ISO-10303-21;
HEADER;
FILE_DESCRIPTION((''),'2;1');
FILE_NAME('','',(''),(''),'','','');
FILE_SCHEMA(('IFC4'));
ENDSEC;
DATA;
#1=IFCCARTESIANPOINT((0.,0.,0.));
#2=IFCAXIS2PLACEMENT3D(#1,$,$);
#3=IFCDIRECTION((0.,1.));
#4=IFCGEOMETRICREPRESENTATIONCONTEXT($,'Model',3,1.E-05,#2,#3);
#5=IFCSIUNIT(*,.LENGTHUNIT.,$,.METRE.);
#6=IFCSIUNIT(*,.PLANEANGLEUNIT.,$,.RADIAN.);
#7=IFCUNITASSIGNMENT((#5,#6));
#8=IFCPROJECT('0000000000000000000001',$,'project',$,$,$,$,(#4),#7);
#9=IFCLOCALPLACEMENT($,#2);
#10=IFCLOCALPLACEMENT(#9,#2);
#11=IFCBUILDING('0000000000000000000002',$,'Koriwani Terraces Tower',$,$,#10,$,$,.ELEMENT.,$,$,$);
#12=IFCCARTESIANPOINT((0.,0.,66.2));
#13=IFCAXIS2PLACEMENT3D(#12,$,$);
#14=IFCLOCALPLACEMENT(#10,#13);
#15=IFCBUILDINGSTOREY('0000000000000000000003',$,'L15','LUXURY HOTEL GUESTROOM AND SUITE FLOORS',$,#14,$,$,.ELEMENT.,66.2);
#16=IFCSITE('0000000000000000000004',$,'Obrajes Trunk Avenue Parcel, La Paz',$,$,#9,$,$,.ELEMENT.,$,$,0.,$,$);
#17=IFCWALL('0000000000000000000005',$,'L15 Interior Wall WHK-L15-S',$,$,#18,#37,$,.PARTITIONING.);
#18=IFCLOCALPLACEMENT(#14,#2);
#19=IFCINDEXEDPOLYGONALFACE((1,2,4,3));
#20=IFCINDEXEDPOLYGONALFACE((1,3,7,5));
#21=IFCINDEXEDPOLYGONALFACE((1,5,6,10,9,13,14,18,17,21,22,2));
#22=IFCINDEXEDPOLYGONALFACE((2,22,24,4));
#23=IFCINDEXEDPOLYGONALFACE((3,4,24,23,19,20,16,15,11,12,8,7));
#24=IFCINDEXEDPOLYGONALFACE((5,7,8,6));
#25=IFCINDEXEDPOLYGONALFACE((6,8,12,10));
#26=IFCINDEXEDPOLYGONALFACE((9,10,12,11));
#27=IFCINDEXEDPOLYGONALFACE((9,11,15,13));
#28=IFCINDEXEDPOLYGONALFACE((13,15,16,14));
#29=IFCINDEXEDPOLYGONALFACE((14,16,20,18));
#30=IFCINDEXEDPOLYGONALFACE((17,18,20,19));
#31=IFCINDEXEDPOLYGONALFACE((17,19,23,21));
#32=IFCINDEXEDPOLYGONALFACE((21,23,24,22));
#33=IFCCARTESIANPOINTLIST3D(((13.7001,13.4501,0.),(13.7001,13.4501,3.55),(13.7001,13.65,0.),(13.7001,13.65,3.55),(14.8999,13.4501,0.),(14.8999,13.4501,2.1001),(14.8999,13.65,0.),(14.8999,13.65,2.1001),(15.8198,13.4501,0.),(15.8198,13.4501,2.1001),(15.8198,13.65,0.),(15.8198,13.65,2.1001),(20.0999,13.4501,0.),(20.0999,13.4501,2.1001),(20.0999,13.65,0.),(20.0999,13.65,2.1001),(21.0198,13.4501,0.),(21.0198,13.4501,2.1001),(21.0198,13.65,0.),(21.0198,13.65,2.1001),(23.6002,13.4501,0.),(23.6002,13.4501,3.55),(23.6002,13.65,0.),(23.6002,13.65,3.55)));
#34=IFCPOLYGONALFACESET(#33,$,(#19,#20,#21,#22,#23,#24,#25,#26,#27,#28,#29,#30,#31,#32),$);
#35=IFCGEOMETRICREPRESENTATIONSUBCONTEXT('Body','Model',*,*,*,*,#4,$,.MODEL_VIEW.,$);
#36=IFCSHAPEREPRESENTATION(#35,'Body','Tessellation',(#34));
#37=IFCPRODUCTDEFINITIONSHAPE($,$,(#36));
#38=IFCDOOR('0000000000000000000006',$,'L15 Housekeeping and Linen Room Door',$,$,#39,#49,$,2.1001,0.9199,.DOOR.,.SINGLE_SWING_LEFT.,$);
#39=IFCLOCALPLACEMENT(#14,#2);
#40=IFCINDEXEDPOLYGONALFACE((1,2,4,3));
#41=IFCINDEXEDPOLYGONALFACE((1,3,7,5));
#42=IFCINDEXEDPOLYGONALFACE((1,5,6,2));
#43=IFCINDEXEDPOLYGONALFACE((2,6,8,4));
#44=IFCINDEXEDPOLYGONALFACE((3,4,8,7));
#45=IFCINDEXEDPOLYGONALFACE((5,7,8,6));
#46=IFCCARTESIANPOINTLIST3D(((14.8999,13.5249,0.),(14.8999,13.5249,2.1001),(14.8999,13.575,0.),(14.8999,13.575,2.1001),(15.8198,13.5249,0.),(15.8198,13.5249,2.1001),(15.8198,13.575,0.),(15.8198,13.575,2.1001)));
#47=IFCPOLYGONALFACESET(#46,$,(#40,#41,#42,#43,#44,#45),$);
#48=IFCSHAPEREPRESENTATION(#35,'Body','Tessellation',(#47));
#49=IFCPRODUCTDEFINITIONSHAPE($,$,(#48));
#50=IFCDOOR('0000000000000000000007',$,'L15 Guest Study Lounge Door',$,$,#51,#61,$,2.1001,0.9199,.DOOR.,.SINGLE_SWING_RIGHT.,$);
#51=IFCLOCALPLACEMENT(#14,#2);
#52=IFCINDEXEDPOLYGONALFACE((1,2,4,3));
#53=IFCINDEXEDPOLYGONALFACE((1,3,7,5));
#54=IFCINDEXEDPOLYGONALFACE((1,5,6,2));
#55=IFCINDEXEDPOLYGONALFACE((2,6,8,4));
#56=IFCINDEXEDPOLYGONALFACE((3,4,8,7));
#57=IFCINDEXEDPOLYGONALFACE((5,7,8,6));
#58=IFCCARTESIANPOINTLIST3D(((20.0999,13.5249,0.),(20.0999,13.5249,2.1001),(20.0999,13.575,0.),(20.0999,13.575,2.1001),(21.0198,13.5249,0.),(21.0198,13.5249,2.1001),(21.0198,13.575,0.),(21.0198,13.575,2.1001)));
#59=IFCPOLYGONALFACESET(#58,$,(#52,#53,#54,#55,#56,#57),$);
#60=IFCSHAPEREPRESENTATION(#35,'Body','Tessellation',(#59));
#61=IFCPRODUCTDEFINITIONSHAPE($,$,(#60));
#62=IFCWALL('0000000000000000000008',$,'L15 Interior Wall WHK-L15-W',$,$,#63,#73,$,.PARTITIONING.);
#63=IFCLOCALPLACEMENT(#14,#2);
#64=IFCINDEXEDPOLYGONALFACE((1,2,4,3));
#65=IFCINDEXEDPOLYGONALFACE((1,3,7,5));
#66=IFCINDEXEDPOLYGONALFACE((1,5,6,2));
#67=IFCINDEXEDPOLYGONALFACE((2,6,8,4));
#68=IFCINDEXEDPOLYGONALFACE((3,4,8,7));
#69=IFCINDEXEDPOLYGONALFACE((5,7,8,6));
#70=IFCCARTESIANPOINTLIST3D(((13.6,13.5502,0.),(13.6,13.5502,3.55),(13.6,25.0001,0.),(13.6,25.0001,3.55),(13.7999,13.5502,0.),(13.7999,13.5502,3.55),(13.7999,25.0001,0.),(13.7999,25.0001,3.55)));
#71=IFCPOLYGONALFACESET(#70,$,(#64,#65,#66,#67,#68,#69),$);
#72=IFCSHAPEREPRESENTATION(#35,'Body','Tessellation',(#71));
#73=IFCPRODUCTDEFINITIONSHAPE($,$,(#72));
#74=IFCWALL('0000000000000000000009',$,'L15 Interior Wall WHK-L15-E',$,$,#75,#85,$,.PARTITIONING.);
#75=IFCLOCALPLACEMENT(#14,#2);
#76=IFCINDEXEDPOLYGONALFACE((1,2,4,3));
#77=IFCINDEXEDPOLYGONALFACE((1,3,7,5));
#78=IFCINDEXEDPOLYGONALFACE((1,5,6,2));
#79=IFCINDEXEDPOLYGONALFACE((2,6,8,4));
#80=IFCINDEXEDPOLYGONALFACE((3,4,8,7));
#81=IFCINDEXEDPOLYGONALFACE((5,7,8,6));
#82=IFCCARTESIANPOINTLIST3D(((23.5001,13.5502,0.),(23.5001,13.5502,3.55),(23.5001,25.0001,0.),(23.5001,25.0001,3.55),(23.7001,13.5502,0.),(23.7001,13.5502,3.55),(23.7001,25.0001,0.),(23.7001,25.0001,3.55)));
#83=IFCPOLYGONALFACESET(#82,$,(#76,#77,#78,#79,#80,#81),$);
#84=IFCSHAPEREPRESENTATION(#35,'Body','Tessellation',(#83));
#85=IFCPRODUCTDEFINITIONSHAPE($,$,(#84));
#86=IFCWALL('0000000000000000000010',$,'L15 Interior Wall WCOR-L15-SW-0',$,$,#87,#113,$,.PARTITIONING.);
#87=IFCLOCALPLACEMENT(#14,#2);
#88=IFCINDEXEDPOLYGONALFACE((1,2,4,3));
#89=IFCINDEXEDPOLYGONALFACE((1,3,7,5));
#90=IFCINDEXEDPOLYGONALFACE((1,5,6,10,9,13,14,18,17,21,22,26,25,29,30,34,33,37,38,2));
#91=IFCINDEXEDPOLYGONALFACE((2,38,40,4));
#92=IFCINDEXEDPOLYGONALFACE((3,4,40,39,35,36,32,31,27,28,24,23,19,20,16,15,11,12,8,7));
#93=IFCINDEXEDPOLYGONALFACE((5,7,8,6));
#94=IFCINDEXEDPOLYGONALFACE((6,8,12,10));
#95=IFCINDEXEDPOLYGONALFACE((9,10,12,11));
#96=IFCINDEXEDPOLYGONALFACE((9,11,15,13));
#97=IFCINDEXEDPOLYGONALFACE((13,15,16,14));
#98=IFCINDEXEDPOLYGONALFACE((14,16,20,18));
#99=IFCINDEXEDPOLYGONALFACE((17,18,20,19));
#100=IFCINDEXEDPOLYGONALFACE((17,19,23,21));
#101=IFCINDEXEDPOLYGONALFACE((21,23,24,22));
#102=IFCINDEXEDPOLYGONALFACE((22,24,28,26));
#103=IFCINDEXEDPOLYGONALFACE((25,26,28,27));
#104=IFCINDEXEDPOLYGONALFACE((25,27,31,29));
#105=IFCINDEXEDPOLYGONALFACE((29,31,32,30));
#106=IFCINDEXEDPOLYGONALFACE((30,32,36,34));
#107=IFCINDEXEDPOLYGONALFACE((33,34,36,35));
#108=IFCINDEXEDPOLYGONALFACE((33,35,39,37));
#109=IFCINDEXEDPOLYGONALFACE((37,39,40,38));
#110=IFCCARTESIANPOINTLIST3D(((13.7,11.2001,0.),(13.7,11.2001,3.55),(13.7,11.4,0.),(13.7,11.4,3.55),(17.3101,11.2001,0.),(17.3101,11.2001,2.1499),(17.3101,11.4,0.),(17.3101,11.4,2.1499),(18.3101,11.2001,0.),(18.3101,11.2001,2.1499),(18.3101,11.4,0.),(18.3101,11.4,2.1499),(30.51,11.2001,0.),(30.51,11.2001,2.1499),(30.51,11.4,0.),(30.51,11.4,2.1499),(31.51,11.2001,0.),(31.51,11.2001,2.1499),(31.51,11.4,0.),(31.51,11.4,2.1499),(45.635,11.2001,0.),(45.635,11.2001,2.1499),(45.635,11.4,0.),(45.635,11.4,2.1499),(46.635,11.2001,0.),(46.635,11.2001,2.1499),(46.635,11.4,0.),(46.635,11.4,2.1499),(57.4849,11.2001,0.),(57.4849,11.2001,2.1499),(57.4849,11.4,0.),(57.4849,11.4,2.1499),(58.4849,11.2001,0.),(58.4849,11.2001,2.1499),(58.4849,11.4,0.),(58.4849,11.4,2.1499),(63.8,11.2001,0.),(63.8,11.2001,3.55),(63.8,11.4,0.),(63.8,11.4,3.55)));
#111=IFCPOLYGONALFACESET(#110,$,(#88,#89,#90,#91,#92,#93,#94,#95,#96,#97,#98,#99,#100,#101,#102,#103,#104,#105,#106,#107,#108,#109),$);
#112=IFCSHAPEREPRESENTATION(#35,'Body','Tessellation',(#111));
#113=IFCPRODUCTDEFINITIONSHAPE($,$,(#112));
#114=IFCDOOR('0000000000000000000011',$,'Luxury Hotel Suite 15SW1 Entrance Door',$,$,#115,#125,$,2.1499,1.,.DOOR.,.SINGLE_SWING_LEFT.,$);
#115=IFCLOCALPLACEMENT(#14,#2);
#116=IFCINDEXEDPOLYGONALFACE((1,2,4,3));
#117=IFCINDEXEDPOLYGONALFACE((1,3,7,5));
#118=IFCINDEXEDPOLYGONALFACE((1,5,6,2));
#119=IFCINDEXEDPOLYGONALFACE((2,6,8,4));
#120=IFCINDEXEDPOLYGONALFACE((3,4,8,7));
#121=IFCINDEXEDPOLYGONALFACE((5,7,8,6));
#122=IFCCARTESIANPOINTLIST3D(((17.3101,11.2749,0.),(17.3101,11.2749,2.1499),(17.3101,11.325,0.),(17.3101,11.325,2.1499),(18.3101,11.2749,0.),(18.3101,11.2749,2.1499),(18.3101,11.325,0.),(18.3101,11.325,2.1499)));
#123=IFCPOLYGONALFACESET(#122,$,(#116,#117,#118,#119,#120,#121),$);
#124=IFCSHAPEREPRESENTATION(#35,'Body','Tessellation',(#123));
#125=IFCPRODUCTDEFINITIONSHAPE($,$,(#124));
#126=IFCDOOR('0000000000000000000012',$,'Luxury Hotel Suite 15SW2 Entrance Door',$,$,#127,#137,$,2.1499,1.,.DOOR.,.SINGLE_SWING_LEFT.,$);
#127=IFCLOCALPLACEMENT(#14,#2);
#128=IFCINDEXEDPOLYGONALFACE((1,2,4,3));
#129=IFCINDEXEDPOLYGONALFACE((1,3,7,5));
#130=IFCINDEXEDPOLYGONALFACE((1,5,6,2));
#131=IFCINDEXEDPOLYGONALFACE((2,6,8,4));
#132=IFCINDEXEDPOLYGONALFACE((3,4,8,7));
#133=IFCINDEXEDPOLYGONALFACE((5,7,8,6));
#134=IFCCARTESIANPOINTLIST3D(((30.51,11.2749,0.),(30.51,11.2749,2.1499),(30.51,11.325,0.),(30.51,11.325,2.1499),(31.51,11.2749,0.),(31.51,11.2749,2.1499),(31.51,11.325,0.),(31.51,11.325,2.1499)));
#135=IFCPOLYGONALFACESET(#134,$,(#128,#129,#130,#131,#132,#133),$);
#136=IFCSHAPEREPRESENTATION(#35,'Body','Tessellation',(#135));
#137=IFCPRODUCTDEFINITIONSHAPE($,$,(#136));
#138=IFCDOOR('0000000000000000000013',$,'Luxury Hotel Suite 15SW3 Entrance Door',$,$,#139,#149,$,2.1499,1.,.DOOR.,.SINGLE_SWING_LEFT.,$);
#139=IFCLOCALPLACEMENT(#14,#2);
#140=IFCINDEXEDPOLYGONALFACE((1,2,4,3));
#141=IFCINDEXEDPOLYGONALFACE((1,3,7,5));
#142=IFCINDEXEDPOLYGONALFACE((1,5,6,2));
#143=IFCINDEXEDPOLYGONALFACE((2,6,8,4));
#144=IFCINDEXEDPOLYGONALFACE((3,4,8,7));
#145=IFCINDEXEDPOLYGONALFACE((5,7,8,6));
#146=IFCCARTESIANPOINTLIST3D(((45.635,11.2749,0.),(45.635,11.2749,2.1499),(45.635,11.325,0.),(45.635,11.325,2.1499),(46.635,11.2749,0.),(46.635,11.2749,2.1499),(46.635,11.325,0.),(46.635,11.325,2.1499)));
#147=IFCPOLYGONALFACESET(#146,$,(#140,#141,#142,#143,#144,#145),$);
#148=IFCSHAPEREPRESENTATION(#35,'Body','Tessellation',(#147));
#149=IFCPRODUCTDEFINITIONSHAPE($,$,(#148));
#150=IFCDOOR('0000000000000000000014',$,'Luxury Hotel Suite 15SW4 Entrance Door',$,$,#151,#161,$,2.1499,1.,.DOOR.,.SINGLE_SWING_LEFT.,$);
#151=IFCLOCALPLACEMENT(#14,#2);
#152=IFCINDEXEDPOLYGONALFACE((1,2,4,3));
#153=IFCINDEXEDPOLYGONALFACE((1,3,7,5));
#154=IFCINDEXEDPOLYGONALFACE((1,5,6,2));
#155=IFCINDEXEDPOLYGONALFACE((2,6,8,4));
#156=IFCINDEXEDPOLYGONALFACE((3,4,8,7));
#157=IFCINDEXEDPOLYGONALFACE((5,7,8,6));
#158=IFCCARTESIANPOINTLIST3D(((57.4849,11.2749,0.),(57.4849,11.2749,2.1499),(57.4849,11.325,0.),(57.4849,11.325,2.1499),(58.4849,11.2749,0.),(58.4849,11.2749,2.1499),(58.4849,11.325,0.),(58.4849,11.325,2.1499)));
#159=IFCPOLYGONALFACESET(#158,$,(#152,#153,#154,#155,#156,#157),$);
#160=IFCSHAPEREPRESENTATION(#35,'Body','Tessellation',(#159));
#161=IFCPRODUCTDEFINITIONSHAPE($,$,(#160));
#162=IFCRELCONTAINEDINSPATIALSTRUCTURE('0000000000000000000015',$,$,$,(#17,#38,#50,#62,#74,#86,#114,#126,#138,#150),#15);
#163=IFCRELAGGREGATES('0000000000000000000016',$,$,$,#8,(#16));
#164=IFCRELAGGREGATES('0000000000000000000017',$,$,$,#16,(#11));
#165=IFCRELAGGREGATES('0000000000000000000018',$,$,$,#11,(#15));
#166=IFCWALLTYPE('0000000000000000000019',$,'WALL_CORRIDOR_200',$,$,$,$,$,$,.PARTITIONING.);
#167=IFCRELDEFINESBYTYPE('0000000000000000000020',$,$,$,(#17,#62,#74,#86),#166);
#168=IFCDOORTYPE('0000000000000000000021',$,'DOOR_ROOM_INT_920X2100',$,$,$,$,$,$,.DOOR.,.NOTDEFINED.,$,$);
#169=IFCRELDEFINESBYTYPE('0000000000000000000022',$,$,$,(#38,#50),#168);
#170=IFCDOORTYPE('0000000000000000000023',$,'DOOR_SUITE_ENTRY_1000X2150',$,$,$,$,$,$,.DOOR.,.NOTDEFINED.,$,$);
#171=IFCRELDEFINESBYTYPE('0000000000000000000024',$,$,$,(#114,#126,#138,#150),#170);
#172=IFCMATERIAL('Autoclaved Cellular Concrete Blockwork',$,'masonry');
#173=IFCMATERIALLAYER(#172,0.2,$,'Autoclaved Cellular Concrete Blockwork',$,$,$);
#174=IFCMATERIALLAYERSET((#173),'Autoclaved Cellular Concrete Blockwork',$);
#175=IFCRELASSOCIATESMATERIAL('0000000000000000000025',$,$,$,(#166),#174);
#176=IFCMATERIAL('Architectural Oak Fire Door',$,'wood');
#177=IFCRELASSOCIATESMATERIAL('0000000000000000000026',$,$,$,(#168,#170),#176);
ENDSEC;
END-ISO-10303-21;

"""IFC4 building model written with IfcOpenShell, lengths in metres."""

from ifc_helpers import new_model, si_unit, direction, frame, frame_2d, origin, place, context, subcontext, project, spatial, rectangle, extrude, material, layer, layer_set, type_object, element, fill, save


model = new_model("IFC4")

# Units and contexts
model_context = context("Model", 3, precision=1e-05, world=origin(), true_north=direction((0.0, 1.0)))
body_context = subcontext(model_context, "Body", "Model", "MODEL_VIEW")
ifc_project = project(units=[si_unit("LENGTHUNIT", "METRE"), si_unit("PLANEANGLEUNIT", "RADIAN")], contexts=[model_context])

# Site, building, storey
site_placement = place(None, origin())
site = spatial("IfcSite", under=ifc_project, at=site_placement, Name="Obrajes Trunk Avenue Parcel, La Paz", CompositionType="ELEMENT", RefElevation=0.0)
building_placement = place(site_placement, origin())
building = spatial("IfcBuilding", under=site, at=building_placement, Name="Koriwani Terraces Tower", CompositionType="ELEMENT")
storey_placement = place(building_placement, frame((0.0, 0.0, 66.2)))
storey = spatial("IfcBuildingStorey", under=building, at=storey_placement, Name="L15", Description="LUXURY HOTEL GUESTROOM AND SUITE FLOORS", CompositionType="ELEMENT", Elevation=66.2)

# Wall, openings, doors
ifc_material_1 = material(Name="Autoclaved Cellular Concrete Blockwork", Category="masonry")
ifc_layer_1 = layer(ifc_material_1, 0.2, Name="Autoclaved Cellular Concrete Blockwork")
ifc_layer_set_1 = layer_set([ifc_layer_1], Name="Autoclaved Cellular Concrete Blockwork")
wall_type_1 = type_object("IfcWallType", Name="WALL_CORRIDOR_200", PredefinedType="PARTITIONING", material=ifc_layer_set_1)
wall_1_placement = place(storey_placement, frame((13.7, 13.55, 0.0), z_axis=(0.0, 0.0, 1.0), x_axis=(1.0, 0.0, 0.0)))
wall_1 = element("IfcWall", 1, at=wall_1_placement, inside=storey, type_object=wall_type_1, Name="L15 Interior Wall WHK-L15-S", PredefinedType="PARTITIONING", context=body_context, shape_type="SweptSolid", body=[
    extrude(rectangle(XDim=9.9001, YDim=0.2, at=frame_2d((4.9502, 0.0))), origin(), (0.0, 0.0, 1.0), 3.55),
])
opening_1_placement = place(wall_1_placement, frame((1.2, 0.0, 0.0)))
opening_1 = element("IfcOpeningElement", 2, at=opening_1_placement, cuts=wall_1, PredefinedType="OPENING", context=body_context, shape_type="SweptSolid", body=[
    extrude(rectangle(XDim=0.9199, YDim=2.1001, at=frame_2d((0.46, 1.05))), frame((0.0, 0.1099, 0.0), z_axis=(0.0, -1.0, 0.0), x_axis=(1.0, 0.0, 0.0)), (0.0, 0.0, 1.0), 0.22),
])
opening_2_placement = place(wall_1_placement, frame((6.3999, 0.0, 0.0)))
opening_2 = element("IfcOpeningElement", 3, at=opening_2_placement, cuts=wall_1, PredefinedType="OPENING", context=body_context, shape_type="SweptSolid", body=[
    extrude(rectangle(XDim=0.9199, YDim=2.1001, at=frame_2d((0.46, 1.05))), frame((0.0, 0.1099, 0.0), z_axis=(0.0, -1.0, 0.0), x_axis=(1.0, 0.0, 0.0)), (0.0, 0.0, 1.0), 0.22),
])
ifc_material_2 = material(Name="Architectural Oak Fire Door", Category="wood")
door_type_1 = type_object("IfcDoorType", Name="DOOR_ROOM_INT_920X2100", OperationType="NOTDEFINED", PredefinedType="DOOR", material=ifc_material_2)
door_1_placement = place(opening_1_placement, origin())
door_1 = element("IfcDoor", 4, at=door_1_placement, inside=storey, type_object=door_type_1, Name="L15 Housekeeping and Linen Room Door", OperationType="SINGLE_SWING_LEFT", OverallHeight=2.1001, OverallWidth=0.9199, PredefinedType="DOOR", context=body_context, shape_type="SweptSolid", body=[
    extrude(rectangle(XDim=0.9199, YDim=2.1001, at=frame_2d((0.46, 1.05))), frame((0.0, 0.0249, 0.0), z_axis=(0.0, -1.0, 0.0), x_axis=(1.0, 0.0, 0.0)), (0.0, 0.0, 1.0), 0.05),
])
fill(opening_1, door_1)
door_2_placement = place(opening_2_placement, origin())
door_2 = element("IfcDoor", 5, at=door_2_placement, inside=storey, type_object=door_type_1, Name="L15 Guest Study Lounge Door", OperationType="SINGLE_SWING_RIGHT", OverallHeight=2.1001, OverallWidth=0.9199, PredefinedType="DOOR", context=body_context, shape_type="SweptSolid", body=[
    extrude(rectangle(XDim=0.9199, YDim=2.1001, at=frame_2d((0.46, 1.05))), frame((0.0, 0.0249, 0.0), z_axis=(0.0, -1.0, 0.0), x_axis=(1.0, 0.0, 0.0)), (0.0, 0.0, 1.0), 0.05),
])
fill(opening_2, door_2)

# Walls
for number, where, z_axis, x_axis, name in (
    (6, (13.7, 13.55, 0.0), (0.0, 0.0, 1.0), (0.0, 1.0, 0.0), "L15 Interior Wall WHK-L15-W"),
    (7, (23.6001, 13.55, 0.0), (0.0, 0.0, 1.0), (0.0, 1.0, 0.0), "L15 Interior Wall WHK-L15-E"),
):
    element("IfcWall", number, at=place(storey_placement, frame(where, z_axis=z_axis, x_axis=x_axis)), inside=storey, type_object=wall_type_1, Name=name, PredefinedType="PARTITIONING", context=body_context, shape_type="SweptSolid", body=[
        extrude(rectangle(XDim=11.45, YDim=0.2, at=frame_2d((5.7251, 0.0))), origin(), (0.0, 0.0, 1.0), 3.55),
    ])

# Wall, openings, doors
wall_2_placement = place(storey_placement, frame((13.7, 11.3, 0.0), z_axis=(0.0, 0.0, 1.0), x_axis=(1.0, 0.0, 0.0)))
wall_2 = element("IfcWall", 8, at=wall_2_placement, inside=storey, type_object=wall_type_1, Name="L15 Interior Wall WCOR-L15-SW-0", PredefinedType="PARTITIONING", context=body_context, shape_type="SweptSolid", body=[
    extrude(rectangle(XDim=50.1001, YDim=0.2, at=frame_2d((25.05, 0.0))), origin(), (0.0, 0.0, 1.0), 3.55),
])
opening_3_placement = place(wall_2_placement, frame((3.6101, 0.0, 0.0)))
opening_3 = element("IfcOpeningElement", 9, at=opening_3_placement, cuts=wall_2, PredefinedType="OPENING", context=body_context, shape_type="SweptSolid", body=[
    extrude(rectangle(XDim=1.0, YDim=2.1499, at=frame_2d((0.5, 1.075))), frame((0.0, 0.1099, 0.0), z_axis=(0.0, -1.0, 0.0), x_axis=(1.0, 0.0, 0.0)), (0.0, 0.0, 1.0), 0.22),
])
opening_4_placement = place(wall_2_placement, frame((16.8101, 0.0, 0.0)))
opening_4 = element("IfcOpeningElement", 10, at=opening_4_placement, cuts=wall_2, PredefinedType="OPENING", context=body_context, shape_type="SweptSolid", body=[
    extrude(rectangle(XDim=1.0, YDim=2.1499, at=frame_2d((0.5, 1.075))), frame((0.0, 0.1099, 0.0), z_axis=(0.0, -1.0, 0.0), x_axis=(1.0, 0.0, 0.0)), (0.0, 0.0, 1.0), 0.22),
])
opening_5_placement = place(wall_2_placement, frame((31.9351, 0.0, 0.0)))
opening_5 = element("IfcOpeningElement", 11, at=opening_5_placement, cuts=wall_2, PredefinedType="OPENING", context=body_context, shape_type="SweptSolid", body=[
    extrude(rectangle(XDim=1.0, YDim=2.1499, at=frame_2d((0.5, 1.075))), frame((0.0, 0.1099, 0.0), z_axis=(0.0, -1.0, 0.0), x_axis=(1.0, 0.0, 0.0)), (0.0, 0.0, 1.0), 0.22),
])
opening_6_placement = place(wall_2_placement, frame((43.7849, 0.0, 0.0)))
opening_6 = element("IfcOpeningElement", 12, at=opening_6_placement, cuts=wall_2, PredefinedType="OPENING", context=body_context, shape_type="SweptSolid", body=[
    extrude(rectangle(XDim=1.0, YDim=2.1499, at=frame_2d((0.5, 1.075))), frame((0.0, 0.1099, 0.0), z_axis=(0.0, -1.0, 0.0), x_axis=(1.0, 0.0, 0.0)), (0.0, 0.0, 1.0), 0.22),
])
door_type_2 = type_object("IfcDoorType", Name="DOOR_SUITE_ENTRY_1000X2150", OperationType="NOTDEFINED", PredefinedType="DOOR", material=ifc_material_2)
door_3_placement = place(opening_3_placement, origin())
door_3 = element("IfcDoor", 13, at=door_3_placement, inside=storey, type_object=door_type_2, Name="Luxury Hotel Suite 15SW1 Entrance Door", OperationType="SINGLE_SWING_LEFT", OverallHeight=2.1499, OverallWidth=1.0, PredefinedType="DOOR", context=body_context, shape_type="SweptSolid", body=[
    extrude(rectangle(XDim=1.0, YDim=2.1499, at=frame_2d((0.5, 1.075))), frame((0.0, 0.0249, 0.0), z_axis=(0.0, -1.0, 0.0), x_axis=(1.0, 0.0, 0.0)), (0.0, 0.0, 1.0), 0.05),
])
fill(opening_3, door_3)
door_4_placement = place(opening_4_placement, origin())
door_4 = element("IfcDoor", 14, at=door_4_placement, inside=storey, type_object=door_type_2, Name="Luxury Hotel Suite 15SW2 Entrance Door", OperationType="SINGLE_SWING_LEFT", OverallHeight=2.1499, OverallWidth=1.0, PredefinedType="DOOR", context=body_context, shape_type="SweptSolid", body=[
    extrude(rectangle(XDim=1.0, YDim=2.1499, at=frame_2d((0.5, 1.075))), frame((0.0, 0.0249, 0.0), z_axis=(0.0, -1.0, 0.0), x_axis=(1.0, 0.0, 0.0)), (0.0, 0.0, 1.0), 0.05),
])
fill(opening_4, door_4)
door_5_placement = place(opening_5_placement, origin())
door_5 = element("IfcDoor", 15, at=door_5_placement, inside=storey, type_object=door_type_2, Name="Luxury Hotel Suite 15SW3 Entrance Door", OperationType="SINGLE_SWING_LEFT", OverallHeight=2.1499, OverallWidth=1.0, PredefinedType="DOOR", context=body_context, shape_type="SweptSolid", body=[
    extrude(rectangle(XDim=1.0, YDim=2.1499, at=frame_2d((0.5, 1.075))), frame((0.0, 0.0249, 0.0), z_axis=(0.0, -1.0, 0.0), x_axis=(1.0, 0.0, 0.0)), (0.0, 0.0, 1.0), 0.05),
])
fill(opening_5, door_5)
door_6_placement = place(opening_6_placement, origin())
door_6 = element("IfcDoor", 16, at=door_6_placement, inside=storey, type_object=door_type_2, Name="Luxury Hotel Suite 15SW4 Entrance Door", OperationType="SINGLE_SWING_LEFT", OverallHeight=2.1499, OverallWidth=1.0, PredefinedType="DOOR", context=body_context, shape_type="SweptSolid", body=[
    extrude(rectangle(XDim=1.0, YDim=2.1499, at=frame_2d((0.5, 1.075))), frame((0.0, 0.0249, 0.0), z_axis=(0.0, -1.0, 0.0), x_axis=(1.0, 0.0, 0.0)), (0.0, 0.0, 1.0), 0.05),
])
fill(opening_6, door_6)

save(model, "model.ifc")
